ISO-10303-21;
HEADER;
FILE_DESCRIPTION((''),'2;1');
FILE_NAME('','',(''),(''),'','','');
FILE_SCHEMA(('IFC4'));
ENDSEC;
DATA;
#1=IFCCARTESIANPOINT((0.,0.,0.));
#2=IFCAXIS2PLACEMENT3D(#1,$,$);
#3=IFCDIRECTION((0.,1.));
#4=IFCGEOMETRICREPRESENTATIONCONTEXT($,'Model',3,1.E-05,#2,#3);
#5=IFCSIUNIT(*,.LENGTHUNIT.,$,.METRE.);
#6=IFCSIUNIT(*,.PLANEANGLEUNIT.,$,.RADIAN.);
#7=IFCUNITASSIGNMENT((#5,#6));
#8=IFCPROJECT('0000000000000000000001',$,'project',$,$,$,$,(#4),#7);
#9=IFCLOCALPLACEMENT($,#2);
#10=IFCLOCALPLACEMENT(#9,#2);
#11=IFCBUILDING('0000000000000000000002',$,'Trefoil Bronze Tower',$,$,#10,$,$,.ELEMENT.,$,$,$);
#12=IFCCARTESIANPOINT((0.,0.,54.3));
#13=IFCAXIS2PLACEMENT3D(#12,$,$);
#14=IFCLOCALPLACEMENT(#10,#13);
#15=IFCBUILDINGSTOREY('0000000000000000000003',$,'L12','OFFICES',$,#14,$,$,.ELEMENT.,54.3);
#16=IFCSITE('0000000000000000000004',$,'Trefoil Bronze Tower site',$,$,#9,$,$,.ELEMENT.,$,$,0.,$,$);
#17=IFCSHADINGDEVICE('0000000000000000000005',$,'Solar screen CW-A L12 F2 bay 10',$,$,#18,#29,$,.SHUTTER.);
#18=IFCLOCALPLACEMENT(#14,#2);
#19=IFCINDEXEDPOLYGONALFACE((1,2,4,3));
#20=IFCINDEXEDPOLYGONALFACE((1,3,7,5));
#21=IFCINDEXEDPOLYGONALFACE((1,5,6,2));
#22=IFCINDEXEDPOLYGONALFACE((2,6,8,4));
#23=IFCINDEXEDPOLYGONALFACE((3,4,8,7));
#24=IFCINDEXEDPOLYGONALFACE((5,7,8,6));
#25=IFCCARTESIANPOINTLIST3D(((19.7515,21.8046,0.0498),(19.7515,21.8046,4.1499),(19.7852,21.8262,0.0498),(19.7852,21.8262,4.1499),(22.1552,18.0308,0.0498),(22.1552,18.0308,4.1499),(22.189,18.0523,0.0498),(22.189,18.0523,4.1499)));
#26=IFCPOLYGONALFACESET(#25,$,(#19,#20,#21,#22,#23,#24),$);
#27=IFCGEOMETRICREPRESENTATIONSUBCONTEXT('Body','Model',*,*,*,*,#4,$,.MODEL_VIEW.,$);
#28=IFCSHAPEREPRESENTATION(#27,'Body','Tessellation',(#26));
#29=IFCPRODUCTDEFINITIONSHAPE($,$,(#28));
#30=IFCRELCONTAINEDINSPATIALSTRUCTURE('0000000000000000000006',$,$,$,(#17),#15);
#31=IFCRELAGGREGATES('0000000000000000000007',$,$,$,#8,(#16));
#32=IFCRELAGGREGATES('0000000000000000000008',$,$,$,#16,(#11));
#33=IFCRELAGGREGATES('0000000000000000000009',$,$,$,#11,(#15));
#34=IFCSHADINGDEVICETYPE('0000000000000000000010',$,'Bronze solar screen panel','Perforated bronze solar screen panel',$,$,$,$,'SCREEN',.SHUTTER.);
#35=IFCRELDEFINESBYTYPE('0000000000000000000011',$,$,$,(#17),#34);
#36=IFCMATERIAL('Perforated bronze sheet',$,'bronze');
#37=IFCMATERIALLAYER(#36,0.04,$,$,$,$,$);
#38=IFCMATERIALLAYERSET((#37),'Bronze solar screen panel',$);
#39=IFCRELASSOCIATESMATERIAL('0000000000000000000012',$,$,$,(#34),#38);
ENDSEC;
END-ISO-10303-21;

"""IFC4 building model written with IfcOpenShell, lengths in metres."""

from ifc_helpers import new_model, si_unit, direction, frame, origin, origin_2d, place, context, subcontext, project, spatial, rectangle, extrude, material, layer, layer_set, type_object, element, save


model = new_model("IFC4")

# Units and contexts
model_context = context("Model", 3, precision=1e-05, world=origin(), true_north=direction((0.0, 1.0)))
body_context = subcontext(model_context, "Body", "Model", "MODEL_VIEW")
ifc_project = project(units=[si_unit("LENGTHUNIT", "METRE"), si_unit("PLANEANGLEUNIT", "RADIAN")], contexts=[model_context])

# Site, building, storey
site_placement = place(None, origin())
site = spatial("IfcSite", under=ifc_project, at=site_placement, Name="Trefoil Bronze Tower site", CompositionType="ELEMENT", RefElevation=0.0)
building_placement = place(site_placement, origin())
building = spatial("IfcBuilding", under=site, at=building_placement, Name="Trefoil Bronze Tower", CompositionType="ELEMENT")
storey_placement = place(building_placement, frame((0.0, 0.0, 54.3)))
storey = spatial("IfcBuildingStorey", under=building, at=storey_placement, Name="L12", Description="OFFICES", CompositionType="ELEMENT", Elevation=54.3)

# Shading device
ifc_material_1 = material(Name="Perforated bronze sheet", Category="bronze")
ifc_layer_1 = layer(ifc_material_1, 0.04)
ifc_layer_set_1 = layer_set([ifc_layer_1], Name="Bronze solar screen panel")
shading_device_type = type_object("IfcShadingDeviceType", Name="Bronze solar screen panel", Description="Perforated bronze solar screen panel", ElementType="SCREEN", PredefinedType="SHUTTER", material=ifc_layer_set_1)
shading_device_placement = place(storey_placement, frame((20.9702, 19.9285, 0.0498), z_axis=(0.0, 0.0, 1.0), x_axis=(-0.537222, 0.843441, 0.0)))
element("IfcShadingDevice", 1, at=shading_device_placement, inside=storey, type_object=shading_device_type, Name="Solar screen CW-A L12 F2 bay 10", PredefinedType="SHUTTER", context=body_context, shape_type="SweptSolid", body=[
    extrude(rectangle(XDim=4.4744, YDim=0.04, at=origin_2d()), origin(), (0.0, 0.0, 1.0), 4.1001),
])

save(model, "model.ifc")
